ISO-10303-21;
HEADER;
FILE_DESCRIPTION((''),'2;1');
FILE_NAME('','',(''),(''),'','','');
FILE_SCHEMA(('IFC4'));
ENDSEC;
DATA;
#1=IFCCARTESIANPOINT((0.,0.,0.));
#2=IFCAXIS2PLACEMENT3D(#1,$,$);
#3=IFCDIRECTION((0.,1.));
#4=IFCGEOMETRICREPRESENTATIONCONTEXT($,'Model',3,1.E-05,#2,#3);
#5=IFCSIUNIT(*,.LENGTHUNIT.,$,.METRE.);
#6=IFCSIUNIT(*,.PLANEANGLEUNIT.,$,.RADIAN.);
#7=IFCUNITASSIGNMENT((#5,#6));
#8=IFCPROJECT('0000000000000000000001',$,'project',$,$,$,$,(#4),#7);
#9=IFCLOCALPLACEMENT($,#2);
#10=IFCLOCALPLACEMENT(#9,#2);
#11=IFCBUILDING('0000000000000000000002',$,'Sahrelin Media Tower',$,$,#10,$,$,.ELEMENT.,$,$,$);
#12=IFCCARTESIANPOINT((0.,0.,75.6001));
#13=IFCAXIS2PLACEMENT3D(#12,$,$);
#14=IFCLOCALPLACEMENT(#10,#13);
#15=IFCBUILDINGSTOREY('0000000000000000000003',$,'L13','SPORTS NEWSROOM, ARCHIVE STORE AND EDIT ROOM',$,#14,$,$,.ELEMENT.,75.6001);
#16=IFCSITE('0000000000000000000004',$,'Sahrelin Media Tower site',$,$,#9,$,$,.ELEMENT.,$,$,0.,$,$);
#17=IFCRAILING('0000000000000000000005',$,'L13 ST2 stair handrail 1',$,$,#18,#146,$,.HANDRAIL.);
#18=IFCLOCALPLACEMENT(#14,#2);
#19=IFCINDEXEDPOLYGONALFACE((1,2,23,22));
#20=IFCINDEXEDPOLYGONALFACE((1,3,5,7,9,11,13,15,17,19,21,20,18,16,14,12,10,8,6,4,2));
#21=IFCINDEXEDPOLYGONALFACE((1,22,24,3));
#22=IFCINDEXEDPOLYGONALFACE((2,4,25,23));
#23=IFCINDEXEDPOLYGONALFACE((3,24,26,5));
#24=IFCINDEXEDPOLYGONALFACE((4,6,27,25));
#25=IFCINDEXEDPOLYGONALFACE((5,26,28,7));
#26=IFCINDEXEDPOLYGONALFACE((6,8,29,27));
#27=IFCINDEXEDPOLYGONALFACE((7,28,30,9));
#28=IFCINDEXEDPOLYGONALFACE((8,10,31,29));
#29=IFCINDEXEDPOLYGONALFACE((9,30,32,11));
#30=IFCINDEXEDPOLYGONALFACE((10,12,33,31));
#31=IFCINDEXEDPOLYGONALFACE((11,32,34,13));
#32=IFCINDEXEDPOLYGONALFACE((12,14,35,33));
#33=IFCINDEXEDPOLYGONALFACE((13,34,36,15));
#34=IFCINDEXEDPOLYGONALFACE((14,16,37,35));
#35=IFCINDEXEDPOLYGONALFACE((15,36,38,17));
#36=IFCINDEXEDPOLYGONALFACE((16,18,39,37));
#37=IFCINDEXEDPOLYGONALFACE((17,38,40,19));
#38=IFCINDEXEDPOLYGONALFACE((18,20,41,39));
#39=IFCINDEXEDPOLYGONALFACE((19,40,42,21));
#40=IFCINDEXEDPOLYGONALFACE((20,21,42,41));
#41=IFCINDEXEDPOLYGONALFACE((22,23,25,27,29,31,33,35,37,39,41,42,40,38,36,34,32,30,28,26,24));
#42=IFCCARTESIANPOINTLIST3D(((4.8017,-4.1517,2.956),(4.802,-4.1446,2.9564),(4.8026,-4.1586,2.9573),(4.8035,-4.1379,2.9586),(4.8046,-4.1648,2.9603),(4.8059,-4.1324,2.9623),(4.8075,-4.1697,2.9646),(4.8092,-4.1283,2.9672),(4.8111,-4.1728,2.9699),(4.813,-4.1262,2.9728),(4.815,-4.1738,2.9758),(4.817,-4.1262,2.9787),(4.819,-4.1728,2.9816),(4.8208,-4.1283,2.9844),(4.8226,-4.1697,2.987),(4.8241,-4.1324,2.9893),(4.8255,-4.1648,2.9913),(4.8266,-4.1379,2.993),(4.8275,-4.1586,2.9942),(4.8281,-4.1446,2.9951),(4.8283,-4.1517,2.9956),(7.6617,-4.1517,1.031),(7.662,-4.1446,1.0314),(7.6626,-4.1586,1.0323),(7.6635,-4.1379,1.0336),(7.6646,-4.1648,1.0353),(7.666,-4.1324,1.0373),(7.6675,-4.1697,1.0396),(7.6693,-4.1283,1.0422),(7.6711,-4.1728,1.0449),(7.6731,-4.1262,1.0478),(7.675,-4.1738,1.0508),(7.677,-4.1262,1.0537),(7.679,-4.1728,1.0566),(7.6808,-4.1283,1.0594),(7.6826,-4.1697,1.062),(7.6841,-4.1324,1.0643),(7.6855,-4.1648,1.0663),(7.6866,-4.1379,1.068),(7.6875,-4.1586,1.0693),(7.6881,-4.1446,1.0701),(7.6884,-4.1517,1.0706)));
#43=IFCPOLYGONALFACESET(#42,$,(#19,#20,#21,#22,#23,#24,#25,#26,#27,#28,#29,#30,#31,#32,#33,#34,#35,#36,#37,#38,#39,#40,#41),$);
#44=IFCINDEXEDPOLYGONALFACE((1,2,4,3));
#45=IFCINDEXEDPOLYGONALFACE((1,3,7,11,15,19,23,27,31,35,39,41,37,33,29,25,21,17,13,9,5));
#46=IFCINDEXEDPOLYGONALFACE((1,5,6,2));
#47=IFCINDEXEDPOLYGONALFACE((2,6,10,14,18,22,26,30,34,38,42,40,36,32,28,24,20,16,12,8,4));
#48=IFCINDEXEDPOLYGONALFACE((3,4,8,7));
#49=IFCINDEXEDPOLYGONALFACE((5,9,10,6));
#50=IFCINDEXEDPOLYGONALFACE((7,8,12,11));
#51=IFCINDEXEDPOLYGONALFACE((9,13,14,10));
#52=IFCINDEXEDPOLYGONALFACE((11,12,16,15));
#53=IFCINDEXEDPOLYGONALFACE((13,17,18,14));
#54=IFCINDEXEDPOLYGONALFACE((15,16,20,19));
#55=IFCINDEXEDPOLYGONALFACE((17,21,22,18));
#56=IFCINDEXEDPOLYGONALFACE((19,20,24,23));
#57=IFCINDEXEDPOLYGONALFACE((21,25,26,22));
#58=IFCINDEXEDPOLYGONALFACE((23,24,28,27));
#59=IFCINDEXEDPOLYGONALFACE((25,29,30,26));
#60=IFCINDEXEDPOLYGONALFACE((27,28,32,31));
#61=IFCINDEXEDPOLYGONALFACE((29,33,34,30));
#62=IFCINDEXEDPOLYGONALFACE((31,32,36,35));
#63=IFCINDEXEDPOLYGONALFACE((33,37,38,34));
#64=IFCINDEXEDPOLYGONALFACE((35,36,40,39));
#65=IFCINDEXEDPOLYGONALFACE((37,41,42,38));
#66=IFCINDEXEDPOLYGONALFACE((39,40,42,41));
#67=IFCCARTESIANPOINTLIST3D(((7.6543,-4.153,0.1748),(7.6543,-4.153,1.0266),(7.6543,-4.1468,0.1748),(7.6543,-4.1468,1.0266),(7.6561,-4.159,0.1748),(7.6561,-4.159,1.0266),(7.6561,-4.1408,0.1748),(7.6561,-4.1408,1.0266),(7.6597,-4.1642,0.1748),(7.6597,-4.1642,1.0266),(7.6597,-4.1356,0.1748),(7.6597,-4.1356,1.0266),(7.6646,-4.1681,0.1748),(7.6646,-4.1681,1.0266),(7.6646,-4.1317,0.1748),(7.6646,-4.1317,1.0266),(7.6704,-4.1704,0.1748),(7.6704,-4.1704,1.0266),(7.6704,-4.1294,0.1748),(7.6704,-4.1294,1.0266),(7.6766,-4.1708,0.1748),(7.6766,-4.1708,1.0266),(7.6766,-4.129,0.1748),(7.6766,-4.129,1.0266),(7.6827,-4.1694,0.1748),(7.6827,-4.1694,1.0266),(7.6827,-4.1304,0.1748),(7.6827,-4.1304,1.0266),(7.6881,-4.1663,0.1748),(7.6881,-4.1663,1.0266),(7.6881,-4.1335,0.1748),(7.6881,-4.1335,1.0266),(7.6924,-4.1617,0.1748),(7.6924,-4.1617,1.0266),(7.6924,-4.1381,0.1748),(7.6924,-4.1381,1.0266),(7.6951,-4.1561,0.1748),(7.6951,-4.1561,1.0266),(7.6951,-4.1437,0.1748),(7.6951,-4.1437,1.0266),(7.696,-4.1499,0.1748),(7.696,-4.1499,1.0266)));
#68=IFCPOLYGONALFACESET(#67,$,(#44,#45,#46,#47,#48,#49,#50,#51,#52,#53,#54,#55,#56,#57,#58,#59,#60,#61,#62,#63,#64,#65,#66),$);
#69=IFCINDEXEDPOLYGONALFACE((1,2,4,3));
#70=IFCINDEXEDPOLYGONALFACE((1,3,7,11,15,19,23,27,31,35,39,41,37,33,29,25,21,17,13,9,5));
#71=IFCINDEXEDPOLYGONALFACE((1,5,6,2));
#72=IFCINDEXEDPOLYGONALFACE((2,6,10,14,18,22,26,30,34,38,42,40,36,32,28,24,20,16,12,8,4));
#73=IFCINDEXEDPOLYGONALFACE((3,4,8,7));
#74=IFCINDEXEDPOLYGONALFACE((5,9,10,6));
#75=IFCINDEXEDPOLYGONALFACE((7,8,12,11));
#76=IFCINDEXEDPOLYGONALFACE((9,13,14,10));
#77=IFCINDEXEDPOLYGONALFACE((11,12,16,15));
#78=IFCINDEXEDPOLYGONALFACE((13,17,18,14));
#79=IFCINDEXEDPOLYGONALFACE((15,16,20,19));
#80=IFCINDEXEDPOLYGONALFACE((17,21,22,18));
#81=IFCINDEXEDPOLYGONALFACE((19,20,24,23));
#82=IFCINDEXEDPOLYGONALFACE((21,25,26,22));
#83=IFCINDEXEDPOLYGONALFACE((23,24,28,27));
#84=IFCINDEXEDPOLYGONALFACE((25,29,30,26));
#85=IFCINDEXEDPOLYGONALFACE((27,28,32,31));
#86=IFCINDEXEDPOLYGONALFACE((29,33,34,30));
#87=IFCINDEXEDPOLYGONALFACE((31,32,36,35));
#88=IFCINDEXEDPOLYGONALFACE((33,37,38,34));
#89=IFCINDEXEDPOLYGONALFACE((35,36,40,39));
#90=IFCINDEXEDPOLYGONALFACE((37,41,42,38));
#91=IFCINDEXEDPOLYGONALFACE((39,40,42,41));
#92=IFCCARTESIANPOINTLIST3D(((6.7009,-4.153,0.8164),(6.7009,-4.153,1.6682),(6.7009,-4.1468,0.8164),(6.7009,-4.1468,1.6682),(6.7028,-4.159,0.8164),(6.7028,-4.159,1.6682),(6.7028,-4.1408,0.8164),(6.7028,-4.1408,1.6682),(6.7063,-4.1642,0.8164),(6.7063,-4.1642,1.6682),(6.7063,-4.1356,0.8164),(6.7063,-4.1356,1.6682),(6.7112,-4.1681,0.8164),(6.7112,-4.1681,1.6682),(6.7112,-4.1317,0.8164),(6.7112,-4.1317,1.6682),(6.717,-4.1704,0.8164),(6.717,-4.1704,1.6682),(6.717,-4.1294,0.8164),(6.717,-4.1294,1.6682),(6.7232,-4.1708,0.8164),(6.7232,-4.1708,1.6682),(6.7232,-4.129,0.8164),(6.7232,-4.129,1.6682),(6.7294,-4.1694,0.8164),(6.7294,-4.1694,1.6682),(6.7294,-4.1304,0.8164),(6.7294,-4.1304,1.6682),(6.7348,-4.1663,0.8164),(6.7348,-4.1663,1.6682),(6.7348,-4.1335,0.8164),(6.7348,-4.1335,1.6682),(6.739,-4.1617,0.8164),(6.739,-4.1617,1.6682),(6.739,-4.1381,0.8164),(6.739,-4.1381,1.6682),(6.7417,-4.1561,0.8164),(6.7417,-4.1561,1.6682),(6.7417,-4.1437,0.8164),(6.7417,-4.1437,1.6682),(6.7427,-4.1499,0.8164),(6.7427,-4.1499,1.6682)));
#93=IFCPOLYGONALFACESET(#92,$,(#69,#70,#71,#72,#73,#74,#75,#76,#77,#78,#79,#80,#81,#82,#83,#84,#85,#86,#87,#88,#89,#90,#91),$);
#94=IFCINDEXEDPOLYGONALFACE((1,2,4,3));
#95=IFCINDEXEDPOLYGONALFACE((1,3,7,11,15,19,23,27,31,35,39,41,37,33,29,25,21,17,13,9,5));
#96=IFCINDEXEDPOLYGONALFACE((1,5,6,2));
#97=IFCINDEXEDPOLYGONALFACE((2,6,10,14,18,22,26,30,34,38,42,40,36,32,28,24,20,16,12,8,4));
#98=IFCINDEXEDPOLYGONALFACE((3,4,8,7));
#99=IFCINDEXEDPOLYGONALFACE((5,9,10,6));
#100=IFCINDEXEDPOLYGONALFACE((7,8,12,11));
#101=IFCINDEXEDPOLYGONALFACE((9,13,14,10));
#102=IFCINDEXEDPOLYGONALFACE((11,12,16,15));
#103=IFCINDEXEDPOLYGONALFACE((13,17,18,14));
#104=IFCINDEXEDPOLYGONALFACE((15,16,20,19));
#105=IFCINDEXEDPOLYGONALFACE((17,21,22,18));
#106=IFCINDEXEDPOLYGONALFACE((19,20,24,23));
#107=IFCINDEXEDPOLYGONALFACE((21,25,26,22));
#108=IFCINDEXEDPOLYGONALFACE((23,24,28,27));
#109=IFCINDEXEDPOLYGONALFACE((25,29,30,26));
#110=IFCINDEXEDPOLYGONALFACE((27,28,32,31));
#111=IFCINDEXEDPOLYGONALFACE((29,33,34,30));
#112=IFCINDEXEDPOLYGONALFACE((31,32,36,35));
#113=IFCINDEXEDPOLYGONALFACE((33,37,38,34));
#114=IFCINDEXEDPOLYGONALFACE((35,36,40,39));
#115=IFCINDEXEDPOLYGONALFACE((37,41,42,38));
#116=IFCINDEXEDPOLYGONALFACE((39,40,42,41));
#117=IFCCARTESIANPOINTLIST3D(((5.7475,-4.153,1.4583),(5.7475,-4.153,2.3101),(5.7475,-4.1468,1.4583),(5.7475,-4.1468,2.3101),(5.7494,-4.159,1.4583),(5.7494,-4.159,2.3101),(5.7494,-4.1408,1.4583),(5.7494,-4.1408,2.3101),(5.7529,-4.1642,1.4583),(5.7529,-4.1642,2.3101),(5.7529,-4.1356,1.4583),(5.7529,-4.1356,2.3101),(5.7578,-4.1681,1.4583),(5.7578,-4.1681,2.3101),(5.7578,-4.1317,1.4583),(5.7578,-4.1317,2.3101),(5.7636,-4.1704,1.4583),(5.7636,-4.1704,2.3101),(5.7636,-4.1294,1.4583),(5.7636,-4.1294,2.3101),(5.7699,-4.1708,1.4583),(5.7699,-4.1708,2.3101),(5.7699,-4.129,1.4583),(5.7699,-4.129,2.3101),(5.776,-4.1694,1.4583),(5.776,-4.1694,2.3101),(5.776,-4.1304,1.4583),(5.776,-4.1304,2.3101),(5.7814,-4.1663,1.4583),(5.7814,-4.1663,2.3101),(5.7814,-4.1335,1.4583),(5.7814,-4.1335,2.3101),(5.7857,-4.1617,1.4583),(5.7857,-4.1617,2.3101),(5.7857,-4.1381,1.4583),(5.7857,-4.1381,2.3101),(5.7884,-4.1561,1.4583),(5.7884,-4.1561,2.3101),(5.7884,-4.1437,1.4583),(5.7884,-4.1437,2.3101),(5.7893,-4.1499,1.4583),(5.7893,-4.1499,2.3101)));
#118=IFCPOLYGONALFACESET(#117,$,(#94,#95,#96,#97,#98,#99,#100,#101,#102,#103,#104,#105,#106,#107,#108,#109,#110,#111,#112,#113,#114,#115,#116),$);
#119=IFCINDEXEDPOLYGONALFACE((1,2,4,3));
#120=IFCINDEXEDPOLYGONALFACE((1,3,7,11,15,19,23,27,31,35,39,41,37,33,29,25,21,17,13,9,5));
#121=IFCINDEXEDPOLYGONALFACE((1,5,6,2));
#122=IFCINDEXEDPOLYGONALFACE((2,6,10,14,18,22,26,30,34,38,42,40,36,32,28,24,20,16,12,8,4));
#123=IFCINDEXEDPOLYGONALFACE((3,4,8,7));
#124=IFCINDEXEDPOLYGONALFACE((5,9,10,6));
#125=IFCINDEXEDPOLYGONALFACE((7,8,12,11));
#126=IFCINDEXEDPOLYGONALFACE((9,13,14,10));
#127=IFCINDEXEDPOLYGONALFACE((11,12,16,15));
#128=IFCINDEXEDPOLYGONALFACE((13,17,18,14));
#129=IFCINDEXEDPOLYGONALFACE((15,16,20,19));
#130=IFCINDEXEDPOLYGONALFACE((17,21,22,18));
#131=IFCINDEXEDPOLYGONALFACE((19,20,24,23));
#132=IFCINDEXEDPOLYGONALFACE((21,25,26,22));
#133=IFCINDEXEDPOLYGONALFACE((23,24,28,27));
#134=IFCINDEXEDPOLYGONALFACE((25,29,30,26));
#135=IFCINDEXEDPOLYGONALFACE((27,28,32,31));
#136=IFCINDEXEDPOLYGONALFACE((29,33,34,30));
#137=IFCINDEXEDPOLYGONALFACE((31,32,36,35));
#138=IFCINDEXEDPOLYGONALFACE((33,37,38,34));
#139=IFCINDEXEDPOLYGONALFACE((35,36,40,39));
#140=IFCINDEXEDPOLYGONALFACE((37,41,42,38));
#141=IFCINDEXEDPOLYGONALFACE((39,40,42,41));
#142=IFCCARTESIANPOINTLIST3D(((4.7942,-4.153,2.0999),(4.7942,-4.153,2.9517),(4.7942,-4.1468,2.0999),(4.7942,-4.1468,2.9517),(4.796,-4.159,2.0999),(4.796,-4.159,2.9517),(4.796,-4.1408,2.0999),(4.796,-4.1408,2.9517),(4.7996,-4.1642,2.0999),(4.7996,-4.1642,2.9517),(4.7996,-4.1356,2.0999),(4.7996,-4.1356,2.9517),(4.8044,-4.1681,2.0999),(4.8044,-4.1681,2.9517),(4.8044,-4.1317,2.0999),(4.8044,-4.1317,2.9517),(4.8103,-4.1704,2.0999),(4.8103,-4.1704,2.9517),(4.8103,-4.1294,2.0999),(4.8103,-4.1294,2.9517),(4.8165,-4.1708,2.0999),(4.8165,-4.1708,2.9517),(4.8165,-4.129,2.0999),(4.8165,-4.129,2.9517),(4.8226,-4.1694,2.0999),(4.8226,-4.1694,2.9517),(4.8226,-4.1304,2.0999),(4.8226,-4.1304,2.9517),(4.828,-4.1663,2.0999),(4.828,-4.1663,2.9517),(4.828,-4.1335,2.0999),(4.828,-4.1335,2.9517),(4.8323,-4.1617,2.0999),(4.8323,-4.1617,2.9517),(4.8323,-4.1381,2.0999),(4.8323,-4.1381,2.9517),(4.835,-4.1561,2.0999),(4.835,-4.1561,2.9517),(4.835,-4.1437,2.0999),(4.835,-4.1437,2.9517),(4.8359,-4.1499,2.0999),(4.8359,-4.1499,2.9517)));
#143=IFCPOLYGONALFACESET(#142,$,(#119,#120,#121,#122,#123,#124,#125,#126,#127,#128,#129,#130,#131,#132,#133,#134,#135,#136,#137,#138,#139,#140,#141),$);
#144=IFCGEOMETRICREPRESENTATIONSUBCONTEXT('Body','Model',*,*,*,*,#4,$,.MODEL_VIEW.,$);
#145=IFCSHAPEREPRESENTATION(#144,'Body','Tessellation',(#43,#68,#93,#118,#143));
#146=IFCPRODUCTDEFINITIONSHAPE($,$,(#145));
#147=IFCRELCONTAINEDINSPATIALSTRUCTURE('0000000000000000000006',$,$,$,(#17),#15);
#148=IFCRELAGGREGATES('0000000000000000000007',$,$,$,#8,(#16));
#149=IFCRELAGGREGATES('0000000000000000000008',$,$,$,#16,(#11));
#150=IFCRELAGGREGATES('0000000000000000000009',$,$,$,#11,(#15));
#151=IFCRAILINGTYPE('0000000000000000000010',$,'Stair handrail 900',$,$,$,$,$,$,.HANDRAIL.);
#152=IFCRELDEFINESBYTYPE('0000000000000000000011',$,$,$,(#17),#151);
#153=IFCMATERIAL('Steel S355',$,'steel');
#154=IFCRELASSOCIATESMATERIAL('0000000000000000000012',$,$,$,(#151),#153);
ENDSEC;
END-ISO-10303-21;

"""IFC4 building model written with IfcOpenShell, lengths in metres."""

from ifc_helpers import new_model, si_unit, direction, frame, origin, origin_2d, place, context, subcontext, project, spatial, circle, extrude, material, type_object, element, save


model = new_model("IFC4")

# Units and contexts
model_context = context("Model", 3, precision=1e-05, world=origin(), true_north=direction((0.0, 1.0)))
body_context = subcontext(model_context, "Body", "Model", "MODEL_VIEW")
ifc_project = project(units=[si_unit("LENGTHUNIT", "METRE"), si_unit("PLANEANGLEUNIT", "RADIAN")], contexts=[model_context])

# Site, building, storey
site_placement = place(None, origin())
site = spatial("IfcSite", under=ifc_project, at=site_placement, Name="Sahrelin Media Tower site", CompositionType="ELEMENT", RefElevation=0.0)
building_placement = place(site_placement, origin())
building = spatial("IfcBuilding", under=site, at=building_placement, Name="Sahrelin Media Tower", CompositionType="ELEMENT")
storey_placement = place(building_placement, frame((0.0, 0.0, 75.6001)))
storey = spatial("IfcBuildingStorey", under=building, at=storey_placement, Name="L13", Description="SPORTS NEWSROOM, ARCHIVE STORE AND EDIT ROOM", CompositionType="ELEMENT", Elevation=75.6001)

# Shared definitions
ifc_material_1 = material(Name="Steel S355", Category="steel")

# Railing
railing_type_1 = type_object("IfcRailingType", Name="Stair handrail 900", PredefinedType="HANDRAIL", material=ifc_material_1)
railing_1_placement = place(storey_placement, frame((7.675, -4.1499, 0.1748)))
element("IfcRailing", 1, at=railing_1_placement, inside=storey, type_object=railing_type_1, Name="L13 ST2 stair handrail 1", PredefinedType="HANDRAIL", context=body_context, shape_type="SweptSolid", body=[
    extrude(circle(Radius=0.0239, at=origin_2d()), frame((0.0, 0.0, 0.876), z_axis=(-0.829591, 0.0, 0.558372), x_axis=(0.0, -1.0, 0.0)), (0.0, 0.0, 1.0), 3.4475),
    extrude(circle(Radius=0.021, at=origin_2d()), origin(), (0.0, 0.0, 1.0), 0.8518),
    extrude(circle(Radius=0.021, at=origin_2d()), frame((-0.9534, 0.0, 0.6416)), (0.0, 0.0, 1.0), 0.8518),
    extrude(circle(Radius=0.021, at=origin_2d()), frame((-1.9067, 0.0, 1.2834)), (0.0, 0.0, 1.0), 0.8518),
    extrude(circle(Radius=0.021, at=origin_2d()), frame((-2.8601, 0.0, 1.925)), (0.0, 0.0, 1.0), 0.8518),
])

save(model, "model.ifc")
